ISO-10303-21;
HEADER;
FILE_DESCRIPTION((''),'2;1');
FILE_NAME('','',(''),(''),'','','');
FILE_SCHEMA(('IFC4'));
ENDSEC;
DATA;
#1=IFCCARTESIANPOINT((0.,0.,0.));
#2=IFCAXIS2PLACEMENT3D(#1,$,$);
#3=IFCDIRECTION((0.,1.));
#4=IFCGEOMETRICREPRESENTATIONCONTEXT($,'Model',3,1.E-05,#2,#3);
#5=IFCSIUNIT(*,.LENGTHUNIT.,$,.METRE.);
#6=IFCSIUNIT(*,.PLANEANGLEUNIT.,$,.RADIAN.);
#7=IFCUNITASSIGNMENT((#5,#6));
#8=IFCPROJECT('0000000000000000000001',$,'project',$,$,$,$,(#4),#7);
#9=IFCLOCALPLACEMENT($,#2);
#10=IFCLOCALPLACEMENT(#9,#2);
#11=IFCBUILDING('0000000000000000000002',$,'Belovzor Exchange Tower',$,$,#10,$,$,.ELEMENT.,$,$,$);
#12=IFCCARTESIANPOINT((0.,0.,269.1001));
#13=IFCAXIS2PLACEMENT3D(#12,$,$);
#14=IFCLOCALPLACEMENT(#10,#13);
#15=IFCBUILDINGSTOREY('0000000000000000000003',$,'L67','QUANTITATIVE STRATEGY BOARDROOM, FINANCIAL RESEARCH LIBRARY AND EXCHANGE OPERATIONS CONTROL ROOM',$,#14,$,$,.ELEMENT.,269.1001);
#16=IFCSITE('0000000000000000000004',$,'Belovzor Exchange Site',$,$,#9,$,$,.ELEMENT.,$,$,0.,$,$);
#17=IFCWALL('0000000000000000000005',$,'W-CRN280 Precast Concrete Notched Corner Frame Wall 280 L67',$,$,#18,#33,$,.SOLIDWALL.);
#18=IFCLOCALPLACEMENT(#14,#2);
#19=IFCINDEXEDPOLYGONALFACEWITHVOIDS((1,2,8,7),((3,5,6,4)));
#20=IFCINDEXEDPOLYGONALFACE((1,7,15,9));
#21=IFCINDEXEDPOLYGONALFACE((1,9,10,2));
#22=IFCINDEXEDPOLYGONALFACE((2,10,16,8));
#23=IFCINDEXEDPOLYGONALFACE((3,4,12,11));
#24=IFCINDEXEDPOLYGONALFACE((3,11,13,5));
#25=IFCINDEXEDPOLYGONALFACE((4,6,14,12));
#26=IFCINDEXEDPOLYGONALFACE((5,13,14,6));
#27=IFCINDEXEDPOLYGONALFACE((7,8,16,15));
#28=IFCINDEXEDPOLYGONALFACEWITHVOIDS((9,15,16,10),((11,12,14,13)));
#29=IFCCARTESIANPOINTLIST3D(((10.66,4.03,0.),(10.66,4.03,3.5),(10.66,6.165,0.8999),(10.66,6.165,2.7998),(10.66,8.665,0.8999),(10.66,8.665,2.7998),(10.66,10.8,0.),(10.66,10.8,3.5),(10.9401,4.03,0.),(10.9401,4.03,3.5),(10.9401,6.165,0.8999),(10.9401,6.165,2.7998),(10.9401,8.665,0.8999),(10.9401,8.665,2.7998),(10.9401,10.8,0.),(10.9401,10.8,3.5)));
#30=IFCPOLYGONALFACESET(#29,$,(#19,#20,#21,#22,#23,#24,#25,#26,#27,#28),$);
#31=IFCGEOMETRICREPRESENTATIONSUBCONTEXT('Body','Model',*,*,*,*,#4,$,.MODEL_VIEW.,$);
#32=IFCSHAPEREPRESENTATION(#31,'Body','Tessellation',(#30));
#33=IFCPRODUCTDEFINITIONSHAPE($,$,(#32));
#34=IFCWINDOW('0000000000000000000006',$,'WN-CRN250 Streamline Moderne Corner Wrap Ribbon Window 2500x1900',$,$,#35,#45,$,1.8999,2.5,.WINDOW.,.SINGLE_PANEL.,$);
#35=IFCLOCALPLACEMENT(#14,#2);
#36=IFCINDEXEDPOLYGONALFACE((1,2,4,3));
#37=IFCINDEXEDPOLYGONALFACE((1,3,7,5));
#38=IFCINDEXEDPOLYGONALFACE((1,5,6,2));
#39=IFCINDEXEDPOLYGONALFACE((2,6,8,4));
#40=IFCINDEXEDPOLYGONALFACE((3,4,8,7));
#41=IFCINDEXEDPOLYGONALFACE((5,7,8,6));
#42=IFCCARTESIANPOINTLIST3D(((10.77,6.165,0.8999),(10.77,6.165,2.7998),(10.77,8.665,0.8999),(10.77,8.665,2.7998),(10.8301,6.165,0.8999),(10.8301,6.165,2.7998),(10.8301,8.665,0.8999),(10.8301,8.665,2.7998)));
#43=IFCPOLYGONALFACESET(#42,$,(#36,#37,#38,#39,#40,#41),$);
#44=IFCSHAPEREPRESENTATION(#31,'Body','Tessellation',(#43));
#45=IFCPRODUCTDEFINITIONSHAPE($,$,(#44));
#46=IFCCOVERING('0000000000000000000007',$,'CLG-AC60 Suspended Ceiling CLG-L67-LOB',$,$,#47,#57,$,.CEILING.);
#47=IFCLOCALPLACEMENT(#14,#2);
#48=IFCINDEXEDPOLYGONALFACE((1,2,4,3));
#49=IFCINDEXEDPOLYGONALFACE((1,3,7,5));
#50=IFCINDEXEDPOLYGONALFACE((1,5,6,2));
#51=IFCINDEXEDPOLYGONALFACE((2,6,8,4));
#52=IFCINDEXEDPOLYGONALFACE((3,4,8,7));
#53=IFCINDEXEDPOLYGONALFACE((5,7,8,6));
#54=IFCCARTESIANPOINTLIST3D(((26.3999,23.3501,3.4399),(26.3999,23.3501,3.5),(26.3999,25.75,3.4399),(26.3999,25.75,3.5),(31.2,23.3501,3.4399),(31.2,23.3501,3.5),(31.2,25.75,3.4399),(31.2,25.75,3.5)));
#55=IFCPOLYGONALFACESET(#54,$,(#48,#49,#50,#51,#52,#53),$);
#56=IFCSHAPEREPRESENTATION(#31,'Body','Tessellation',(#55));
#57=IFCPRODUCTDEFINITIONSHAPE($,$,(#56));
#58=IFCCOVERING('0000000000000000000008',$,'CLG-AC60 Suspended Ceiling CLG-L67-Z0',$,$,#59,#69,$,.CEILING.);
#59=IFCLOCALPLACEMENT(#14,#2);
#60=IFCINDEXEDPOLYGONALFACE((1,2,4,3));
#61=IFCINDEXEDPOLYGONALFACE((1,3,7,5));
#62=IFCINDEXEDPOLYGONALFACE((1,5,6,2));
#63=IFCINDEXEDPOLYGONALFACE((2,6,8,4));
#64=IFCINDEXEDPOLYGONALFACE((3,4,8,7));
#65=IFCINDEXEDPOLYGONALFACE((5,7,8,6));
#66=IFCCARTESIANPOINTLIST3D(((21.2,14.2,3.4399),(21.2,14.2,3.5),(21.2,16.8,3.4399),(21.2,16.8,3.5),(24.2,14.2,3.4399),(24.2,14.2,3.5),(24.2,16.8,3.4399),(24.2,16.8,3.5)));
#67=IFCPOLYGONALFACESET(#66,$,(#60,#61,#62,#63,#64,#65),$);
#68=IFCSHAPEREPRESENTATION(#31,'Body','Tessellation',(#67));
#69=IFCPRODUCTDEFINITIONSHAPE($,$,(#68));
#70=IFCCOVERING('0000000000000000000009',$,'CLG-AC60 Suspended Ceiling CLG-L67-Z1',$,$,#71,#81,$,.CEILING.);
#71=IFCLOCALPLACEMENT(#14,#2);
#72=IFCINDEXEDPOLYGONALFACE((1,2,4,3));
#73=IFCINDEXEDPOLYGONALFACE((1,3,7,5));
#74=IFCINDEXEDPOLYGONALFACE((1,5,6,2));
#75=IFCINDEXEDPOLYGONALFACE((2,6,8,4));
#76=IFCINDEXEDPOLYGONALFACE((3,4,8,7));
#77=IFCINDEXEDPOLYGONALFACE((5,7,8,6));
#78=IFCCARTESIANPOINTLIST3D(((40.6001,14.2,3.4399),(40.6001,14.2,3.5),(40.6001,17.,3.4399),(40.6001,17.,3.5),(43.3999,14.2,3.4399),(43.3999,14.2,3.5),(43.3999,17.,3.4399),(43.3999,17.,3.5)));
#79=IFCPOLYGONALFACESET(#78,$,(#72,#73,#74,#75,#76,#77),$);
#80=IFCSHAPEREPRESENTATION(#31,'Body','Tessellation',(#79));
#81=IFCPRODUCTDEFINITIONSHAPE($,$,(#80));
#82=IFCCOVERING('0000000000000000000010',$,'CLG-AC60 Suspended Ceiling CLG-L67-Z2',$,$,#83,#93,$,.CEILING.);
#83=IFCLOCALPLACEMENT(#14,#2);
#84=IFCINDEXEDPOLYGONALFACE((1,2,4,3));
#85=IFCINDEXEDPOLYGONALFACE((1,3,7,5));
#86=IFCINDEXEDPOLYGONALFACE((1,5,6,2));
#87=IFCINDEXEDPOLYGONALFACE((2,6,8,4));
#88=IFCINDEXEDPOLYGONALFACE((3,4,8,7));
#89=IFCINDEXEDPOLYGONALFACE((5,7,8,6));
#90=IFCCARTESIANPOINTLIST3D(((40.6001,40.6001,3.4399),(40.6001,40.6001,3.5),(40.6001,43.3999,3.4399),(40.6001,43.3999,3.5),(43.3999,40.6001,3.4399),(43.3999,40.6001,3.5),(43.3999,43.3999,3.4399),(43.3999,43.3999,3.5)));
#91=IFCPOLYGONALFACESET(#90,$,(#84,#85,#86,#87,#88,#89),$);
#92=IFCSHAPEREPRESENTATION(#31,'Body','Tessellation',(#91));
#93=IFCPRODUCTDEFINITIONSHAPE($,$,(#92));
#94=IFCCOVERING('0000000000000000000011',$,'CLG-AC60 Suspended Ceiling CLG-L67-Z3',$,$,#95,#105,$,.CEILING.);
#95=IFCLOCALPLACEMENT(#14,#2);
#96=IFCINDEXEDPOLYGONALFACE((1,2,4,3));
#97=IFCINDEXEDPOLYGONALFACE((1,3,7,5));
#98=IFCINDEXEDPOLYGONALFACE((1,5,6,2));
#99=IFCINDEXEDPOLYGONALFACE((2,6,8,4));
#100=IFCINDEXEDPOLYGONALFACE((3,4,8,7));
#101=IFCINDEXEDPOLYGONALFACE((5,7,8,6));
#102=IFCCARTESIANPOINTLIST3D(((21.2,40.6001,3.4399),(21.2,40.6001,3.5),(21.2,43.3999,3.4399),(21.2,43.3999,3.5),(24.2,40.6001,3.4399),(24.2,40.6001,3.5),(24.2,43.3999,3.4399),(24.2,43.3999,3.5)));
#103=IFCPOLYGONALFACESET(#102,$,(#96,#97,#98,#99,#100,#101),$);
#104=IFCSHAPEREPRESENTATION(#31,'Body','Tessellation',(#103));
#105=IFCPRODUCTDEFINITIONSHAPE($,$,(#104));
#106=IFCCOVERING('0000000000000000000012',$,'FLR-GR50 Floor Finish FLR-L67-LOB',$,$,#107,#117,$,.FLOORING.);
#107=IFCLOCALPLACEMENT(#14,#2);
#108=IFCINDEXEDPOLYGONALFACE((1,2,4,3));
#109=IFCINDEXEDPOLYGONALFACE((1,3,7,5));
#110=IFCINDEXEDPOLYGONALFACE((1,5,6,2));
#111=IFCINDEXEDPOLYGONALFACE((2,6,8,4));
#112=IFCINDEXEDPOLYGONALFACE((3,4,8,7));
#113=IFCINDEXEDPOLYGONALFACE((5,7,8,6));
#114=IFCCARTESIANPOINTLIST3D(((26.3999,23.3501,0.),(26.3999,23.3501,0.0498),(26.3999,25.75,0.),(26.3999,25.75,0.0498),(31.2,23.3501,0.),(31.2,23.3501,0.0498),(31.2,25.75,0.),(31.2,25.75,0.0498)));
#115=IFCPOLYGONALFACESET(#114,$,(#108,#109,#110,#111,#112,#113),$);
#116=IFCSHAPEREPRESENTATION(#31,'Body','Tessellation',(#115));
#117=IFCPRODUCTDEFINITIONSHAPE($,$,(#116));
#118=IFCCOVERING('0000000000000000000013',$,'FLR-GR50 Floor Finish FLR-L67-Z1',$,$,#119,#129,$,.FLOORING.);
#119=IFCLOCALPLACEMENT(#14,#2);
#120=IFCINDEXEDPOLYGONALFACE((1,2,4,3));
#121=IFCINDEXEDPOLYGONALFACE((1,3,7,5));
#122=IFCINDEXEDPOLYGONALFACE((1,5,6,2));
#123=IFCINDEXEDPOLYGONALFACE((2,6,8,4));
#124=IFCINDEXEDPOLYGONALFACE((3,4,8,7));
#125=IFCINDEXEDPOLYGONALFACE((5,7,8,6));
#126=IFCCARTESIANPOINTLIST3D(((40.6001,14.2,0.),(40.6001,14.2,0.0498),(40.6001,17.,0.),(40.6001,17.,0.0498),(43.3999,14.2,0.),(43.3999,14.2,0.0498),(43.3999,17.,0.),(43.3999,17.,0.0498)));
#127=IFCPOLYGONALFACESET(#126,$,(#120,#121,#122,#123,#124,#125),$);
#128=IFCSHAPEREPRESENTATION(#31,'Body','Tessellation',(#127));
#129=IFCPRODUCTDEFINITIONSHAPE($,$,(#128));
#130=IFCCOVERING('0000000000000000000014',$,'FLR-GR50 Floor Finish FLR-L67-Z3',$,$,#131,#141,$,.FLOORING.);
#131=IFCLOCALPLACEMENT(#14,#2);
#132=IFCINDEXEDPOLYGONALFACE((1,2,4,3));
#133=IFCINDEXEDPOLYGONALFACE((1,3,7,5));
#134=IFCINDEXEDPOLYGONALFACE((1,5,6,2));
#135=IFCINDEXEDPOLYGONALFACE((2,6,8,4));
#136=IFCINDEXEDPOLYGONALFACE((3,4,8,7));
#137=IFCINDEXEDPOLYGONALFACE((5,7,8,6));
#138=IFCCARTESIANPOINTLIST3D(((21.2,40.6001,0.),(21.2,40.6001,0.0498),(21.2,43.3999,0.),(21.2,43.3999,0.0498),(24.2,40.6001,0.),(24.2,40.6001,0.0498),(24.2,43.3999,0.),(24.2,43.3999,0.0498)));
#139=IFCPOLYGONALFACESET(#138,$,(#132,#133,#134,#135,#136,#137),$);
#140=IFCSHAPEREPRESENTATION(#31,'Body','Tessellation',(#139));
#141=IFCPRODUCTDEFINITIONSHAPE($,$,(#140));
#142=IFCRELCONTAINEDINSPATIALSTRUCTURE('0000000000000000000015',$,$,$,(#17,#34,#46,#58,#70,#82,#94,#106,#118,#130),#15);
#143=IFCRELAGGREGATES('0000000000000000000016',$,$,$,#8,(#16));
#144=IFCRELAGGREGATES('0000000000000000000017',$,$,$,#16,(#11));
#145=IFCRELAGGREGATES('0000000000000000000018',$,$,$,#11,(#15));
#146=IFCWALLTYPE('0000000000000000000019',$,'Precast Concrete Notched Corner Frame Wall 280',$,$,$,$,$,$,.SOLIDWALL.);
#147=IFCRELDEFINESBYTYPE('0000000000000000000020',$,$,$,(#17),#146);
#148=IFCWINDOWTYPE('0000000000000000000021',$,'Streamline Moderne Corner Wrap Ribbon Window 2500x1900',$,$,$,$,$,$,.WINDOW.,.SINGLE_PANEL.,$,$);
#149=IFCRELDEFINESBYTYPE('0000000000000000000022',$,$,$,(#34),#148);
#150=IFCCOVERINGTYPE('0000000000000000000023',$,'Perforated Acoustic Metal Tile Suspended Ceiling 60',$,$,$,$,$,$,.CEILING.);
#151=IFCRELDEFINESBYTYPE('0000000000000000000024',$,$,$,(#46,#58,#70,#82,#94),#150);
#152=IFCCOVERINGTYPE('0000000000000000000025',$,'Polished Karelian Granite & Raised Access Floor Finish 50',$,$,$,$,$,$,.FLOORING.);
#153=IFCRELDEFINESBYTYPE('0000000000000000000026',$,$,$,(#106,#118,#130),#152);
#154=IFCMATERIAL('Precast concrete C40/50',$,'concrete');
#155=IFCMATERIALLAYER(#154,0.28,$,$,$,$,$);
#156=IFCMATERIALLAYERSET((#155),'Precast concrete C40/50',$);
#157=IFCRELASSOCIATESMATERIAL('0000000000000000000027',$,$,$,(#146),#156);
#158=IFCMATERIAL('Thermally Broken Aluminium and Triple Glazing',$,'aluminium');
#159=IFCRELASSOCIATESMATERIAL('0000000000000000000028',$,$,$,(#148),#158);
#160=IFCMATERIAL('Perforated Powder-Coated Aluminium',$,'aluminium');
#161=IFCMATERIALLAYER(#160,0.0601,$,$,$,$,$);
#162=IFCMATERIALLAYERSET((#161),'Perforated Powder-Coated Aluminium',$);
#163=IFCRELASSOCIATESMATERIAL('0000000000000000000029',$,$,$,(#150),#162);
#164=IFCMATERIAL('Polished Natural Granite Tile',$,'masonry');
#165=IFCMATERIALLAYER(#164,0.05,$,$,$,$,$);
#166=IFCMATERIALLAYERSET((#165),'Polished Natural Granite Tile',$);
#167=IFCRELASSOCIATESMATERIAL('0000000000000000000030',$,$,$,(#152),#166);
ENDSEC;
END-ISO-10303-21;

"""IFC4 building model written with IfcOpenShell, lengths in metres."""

from ifc_helpers import new_model, si_unit, direction, frame, frame_2d, origin, place, context, subcontext, project, spatial, polyline, rectangle, outline, extrude, material, layer, layer_set, type_object, element, fill, save


model = new_model("IFC4")

# Units and contexts
model_context = context("Model", 3, precision=1e-05, world=origin(), true_north=direction((0.0, 1.0)))
body_context = subcontext(model_context, "Body", "Model", "MODEL_VIEW")
ifc_project = project(units=[si_unit("LENGTHUNIT", "METRE"), si_unit("PLANEANGLEUNIT", "RADIAN")], contexts=[model_context])

# Site, building, storey
site_placement = place(None, origin())
site = spatial("IfcSite", under=ifc_project, at=site_placement, Name="Belovzor Exchange Site", CompositionType="ELEMENT", RefElevation=0.0)
building_placement = place(site_placement, origin())
building = spatial("IfcBuilding", under=site, at=building_placement, Name="Belovzor Exchange Tower", CompositionType="ELEMENT")
storey_placement = place(building_placement, frame((0.0, 0.0, 269.1001)))
storey = spatial("IfcBuildingStorey", under=building, at=storey_placement, Name="L67", Description="QUANTITATIVE STRATEGY BOARDROOM, FINANCIAL RESEARCH LIBRARY AND EXCHANGE OPERATIONS CONTROL ROOM", CompositionType="ELEMENT", Elevation=269.1001)

# Wall, opening, window
ifc_material_1 = material(Name="Precast concrete C40/50", Category="concrete")
ifc_layer_1 = layer(ifc_material_1, 0.28)
ifc_layer_set_1 = layer_set([ifc_layer_1], Name="Precast concrete C40/50")
wall_type = type_object("IfcWallType", Name="Precast Concrete Notched Corner Frame Wall 280", PredefinedType="SOLIDWALL", material=ifc_layer_set_1)
wall_placement = place(storey_placement, frame((10.8, 4.03, 0.0), z_axis=(0.0, 0.0, 1.0), x_axis=(0.0, 1.0, 0.0)))
wall = element("IfcWall", 1, at=wall_placement, inside=storey, type_object=wall_type, Name="W-CRN280 Precast Concrete Notched Corner Frame Wall 280 L67", PredefinedType="SOLIDWALL", context=body_context, shape_type="SweptSolid", body=[
    extrude(rectangle(XDim=6.77, YDim=0.28, at=frame_2d((3.385, 0.0))), origin(), (0.0, 0.0, 1.0), 3.5),
])
opening_placement = place(wall_placement, frame((2.135, 0.0, 0.8999)))
opening = element("IfcOpeningElement", 2, at=opening_placement, cuts=wall, PredefinedType="OPENING", context=body_context, shape_type="SweptSolid", body=[
    extrude(rectangle(XDim=2.5, YDim=1.8999, at=frame_2d((1.25, 0.95))), frame((0.0, 0.1499, 0.0), z_axis=(0.0, -1.0, 0.0), x_axis=(1.0, 0.0, 0.0)), (0.0, 0.0, 1.0), 0.3),
])
ifc_material_2 = material(Name="Thermally Broken Aluminium and Triple Glazing", Category="aluminium")
window_type = type_object("IfcWindowType", Name="Streamline Moderne Corner Wrap Ribbon Window 2500x1900", PartitioningType="SINGLE_PANEL", PredefinedType="WINDOW", material=ifc_material_2)
window_placement = place(opening_placement, origin())
window = element("IfcWindow", 3, at=window_placement, inside=storey, type_object=window_type, Name="WN-CRN250 Streamline Moderne Corner Wrap Ribbon Window 2500x1900", OverallHeight=1.8999, OverallWidth=2.5, PartitioningType="SINGLE_PANEL", PredefinedType="WINDOW", context=body_context, shape_type="SweptSolid", body=[
    extrude(rectangle(XDim=2.5, YDim=1.8999, at=frame_2d((1.25, 0.95))), frame((0.0, 0.03, 0.0), z_axis=(0.0, -1.0, 0.0), x_axis=(1.0, 0.0, 0.0)), (0.0, 0.0, 1.0), 0.0601),
])
fill(opening, window)

# Coverings
ifc_material_3 = material(Name="Perforated Powder-Coated Aluminium", Category="aluminium")
ifc_layer_2 = layer(ifc_material_3, 0.0601)
ifc_layer_set_2 = layer_set([ifc_layer_2], Name="Perforated Powder-Coated Aluminium")
covering_type_1 = type_object("IfcCoveringType", Name="Perforated Acoustic Metal Tile Suspended Ceiling 60", PredefinedType="CEILING", material=ifc_layer_set_2)
covering_1_placement = place(storey_placement, frame((0.0, 0.0, 3.4399)))
element("IfcCovering", 4, at=covering_1_placement, inside=storey, type_object=covering_type_1, Name="CLG-AC60 Suspended Ceiling CLG-L67-LOB", PredefinedType="CEILING", context=body_context, shape_type="SweptSolid", body=[
    extrude(outline(polyline([(26.3999, 23.3501), (31.2, 23.3501), (31.2, 25.75), (26.3999, 25.75), (26.3999, 23.3501)])), origin(), (0.0, 0.0, 1.0), 0.0601),
])
covering_2_placement = place(storey_placement, frame((0.0, 0.0, 3.4399)))
element("IfcCovering", 5, at=covering_2_placement, inside=storey, type_object=covering_type_1, Name="CLG-AC60 Suspended Ceiling CLG-L67-Z0", PredefinedType="CEILING", context=body_context, shape_type="SweptSolid", body=[
    extrude(outline(polyline([(21.2, 14.2), (24.2, 14.2), (24.2, 16.8), (21.2, 16.8), (21.2, 14.2)])), origin(), (0.0, 0.0, 1.0), 0.0601),
])
covering_3_placement = place(storey_placement, frame((0.0, 0.0, 3.4399)))
element("IfcCovering", 6, at=covering_3_placement, inside=storey, type_object=covering_type_1, Name="CLG-AC60 Suspended Ceiling CLG-L67-Z1", PredefinedType="CEILING", context=body_context, shape_type="SweptSolid", body=[
    extrude(outline(polyline([(40.6001, 14.2), (43.3999, 14.2), (43.3999, 17.0), (40.6001, 17.0), (40.6001, 14.2)])), origin(), (0.0, 0.0, 1.0), 0.0601),
])
covering_4_placement = place(storey_placement, frame((0.0, 0.0, 3.4399)))
element("IfcCovering", 7, at=covering_4_placement, inside=storey, type_object=covering_type_1, Name="CLG-AC60 Suspended Ceiling CLG-L67-Z2", PredefinedType="CEILING", context=body_context, shape_type="SweptSolid", body=[
    extrude(outline(polyline([(40.6001, 40.6001), (43.3999, 40.6001), (43.3999, 43.3999), (40.6001, 43.3999), (40.6001, 40.6001)])), origin(), (0.0, 0.0, 1.0), 0.0601),
])
covering_5_placement = place(storey_placement, frame((0.0, 0.0, 3.4399)))
element("IfcCovering", 8, at=covering_5_placement, inside=storey, type_object=covering_type_1, Name="CLG-AC60 Suspended Ceiling CLG-L67-Z3", PredefinedType="CEILING", context=body_context, shape_type="SweptSolid", body=[
    extrude(outline(polyline([(21.2, 40.6001), (24.2, 40.6001), (24.2, 43.3999), (21.2, 43.3999), (21.2, 40.6001)])), origin(), (0.0, 0.0, 1.0), 0.0601),
])
ifc_material_4 = material(Name="Polished Natural Granite Tile", Category="masonry")
ifc_layer_3 = layer(ifc_material_4, 0.05)
ifc_layer_set_3 = layer_set([ifc_layer_3], Name="Polished Natural Granite Tile")
covering_type_2 = type_object("IfcCoveringType", Name="Polished Karelian Granite & Raised Access Floor Finish 50", PredefinedType="FLOORING", material=ifc_layer_set_3)
covering_6_placement = place(storey_placement, origin())
element("IfcCovering", 9, at=covering_6_placement, inside=storey, type_object=covering_type_2, Name="FLR-GR50 Floor Finish FLR-L67-LOB", PredefinedType="FLOORING", context=body_context, shape_type="SweptSolid", body=[
    extrude(outline(polyline([(26.3999, 23.3501), (31.2, 23.3501), (31.2, 25.75), (26.3999, 25.75), (26.3999, 23.3501)])), origin(), (0.0, 0.0, 1.0), 0.0498),
])
covering_7_placement = place(storey_placement, origin())
element("IfcCovering", 10, at=covering_7_placement, inside=storey, type_object=covering_type_2, Name="FLR-GR50 Floor Finish FLR-L67-Z1", PredefinedType="FLOORING", context=body_context, shape_type="SweptSolid", body=[
    extrude(outline(polyline([(40.6001, 14.2), (43.3999, 14.2), (43.3999, 17.0), (40.6001, 17.0), (40.6001, 14.2)])), origin(), (0.0, 0.0, 1.0), 0.0498),
])
covering_8_placement = place(storey_placement, origin())
element("IfcCovering", 11, at=covering_8_placement, inside=storey, type_object=covering_type_2, Name="FLR-GR50 Floor Finish FLR-L67-Z3", PredefinedType="FLOORING", context=body_context, shape_type="SweptSolid", body=[
    extrude(outline(polyline([(21.2, 40.6001), (24.2, 40.6001), (24.2, 43.3999), (21.2, 43.3999), (21.2, 40.6001)])), origin(), (0.0, 0.0, 1.0), 0.0498),
])

save(model, "model.ifc")
